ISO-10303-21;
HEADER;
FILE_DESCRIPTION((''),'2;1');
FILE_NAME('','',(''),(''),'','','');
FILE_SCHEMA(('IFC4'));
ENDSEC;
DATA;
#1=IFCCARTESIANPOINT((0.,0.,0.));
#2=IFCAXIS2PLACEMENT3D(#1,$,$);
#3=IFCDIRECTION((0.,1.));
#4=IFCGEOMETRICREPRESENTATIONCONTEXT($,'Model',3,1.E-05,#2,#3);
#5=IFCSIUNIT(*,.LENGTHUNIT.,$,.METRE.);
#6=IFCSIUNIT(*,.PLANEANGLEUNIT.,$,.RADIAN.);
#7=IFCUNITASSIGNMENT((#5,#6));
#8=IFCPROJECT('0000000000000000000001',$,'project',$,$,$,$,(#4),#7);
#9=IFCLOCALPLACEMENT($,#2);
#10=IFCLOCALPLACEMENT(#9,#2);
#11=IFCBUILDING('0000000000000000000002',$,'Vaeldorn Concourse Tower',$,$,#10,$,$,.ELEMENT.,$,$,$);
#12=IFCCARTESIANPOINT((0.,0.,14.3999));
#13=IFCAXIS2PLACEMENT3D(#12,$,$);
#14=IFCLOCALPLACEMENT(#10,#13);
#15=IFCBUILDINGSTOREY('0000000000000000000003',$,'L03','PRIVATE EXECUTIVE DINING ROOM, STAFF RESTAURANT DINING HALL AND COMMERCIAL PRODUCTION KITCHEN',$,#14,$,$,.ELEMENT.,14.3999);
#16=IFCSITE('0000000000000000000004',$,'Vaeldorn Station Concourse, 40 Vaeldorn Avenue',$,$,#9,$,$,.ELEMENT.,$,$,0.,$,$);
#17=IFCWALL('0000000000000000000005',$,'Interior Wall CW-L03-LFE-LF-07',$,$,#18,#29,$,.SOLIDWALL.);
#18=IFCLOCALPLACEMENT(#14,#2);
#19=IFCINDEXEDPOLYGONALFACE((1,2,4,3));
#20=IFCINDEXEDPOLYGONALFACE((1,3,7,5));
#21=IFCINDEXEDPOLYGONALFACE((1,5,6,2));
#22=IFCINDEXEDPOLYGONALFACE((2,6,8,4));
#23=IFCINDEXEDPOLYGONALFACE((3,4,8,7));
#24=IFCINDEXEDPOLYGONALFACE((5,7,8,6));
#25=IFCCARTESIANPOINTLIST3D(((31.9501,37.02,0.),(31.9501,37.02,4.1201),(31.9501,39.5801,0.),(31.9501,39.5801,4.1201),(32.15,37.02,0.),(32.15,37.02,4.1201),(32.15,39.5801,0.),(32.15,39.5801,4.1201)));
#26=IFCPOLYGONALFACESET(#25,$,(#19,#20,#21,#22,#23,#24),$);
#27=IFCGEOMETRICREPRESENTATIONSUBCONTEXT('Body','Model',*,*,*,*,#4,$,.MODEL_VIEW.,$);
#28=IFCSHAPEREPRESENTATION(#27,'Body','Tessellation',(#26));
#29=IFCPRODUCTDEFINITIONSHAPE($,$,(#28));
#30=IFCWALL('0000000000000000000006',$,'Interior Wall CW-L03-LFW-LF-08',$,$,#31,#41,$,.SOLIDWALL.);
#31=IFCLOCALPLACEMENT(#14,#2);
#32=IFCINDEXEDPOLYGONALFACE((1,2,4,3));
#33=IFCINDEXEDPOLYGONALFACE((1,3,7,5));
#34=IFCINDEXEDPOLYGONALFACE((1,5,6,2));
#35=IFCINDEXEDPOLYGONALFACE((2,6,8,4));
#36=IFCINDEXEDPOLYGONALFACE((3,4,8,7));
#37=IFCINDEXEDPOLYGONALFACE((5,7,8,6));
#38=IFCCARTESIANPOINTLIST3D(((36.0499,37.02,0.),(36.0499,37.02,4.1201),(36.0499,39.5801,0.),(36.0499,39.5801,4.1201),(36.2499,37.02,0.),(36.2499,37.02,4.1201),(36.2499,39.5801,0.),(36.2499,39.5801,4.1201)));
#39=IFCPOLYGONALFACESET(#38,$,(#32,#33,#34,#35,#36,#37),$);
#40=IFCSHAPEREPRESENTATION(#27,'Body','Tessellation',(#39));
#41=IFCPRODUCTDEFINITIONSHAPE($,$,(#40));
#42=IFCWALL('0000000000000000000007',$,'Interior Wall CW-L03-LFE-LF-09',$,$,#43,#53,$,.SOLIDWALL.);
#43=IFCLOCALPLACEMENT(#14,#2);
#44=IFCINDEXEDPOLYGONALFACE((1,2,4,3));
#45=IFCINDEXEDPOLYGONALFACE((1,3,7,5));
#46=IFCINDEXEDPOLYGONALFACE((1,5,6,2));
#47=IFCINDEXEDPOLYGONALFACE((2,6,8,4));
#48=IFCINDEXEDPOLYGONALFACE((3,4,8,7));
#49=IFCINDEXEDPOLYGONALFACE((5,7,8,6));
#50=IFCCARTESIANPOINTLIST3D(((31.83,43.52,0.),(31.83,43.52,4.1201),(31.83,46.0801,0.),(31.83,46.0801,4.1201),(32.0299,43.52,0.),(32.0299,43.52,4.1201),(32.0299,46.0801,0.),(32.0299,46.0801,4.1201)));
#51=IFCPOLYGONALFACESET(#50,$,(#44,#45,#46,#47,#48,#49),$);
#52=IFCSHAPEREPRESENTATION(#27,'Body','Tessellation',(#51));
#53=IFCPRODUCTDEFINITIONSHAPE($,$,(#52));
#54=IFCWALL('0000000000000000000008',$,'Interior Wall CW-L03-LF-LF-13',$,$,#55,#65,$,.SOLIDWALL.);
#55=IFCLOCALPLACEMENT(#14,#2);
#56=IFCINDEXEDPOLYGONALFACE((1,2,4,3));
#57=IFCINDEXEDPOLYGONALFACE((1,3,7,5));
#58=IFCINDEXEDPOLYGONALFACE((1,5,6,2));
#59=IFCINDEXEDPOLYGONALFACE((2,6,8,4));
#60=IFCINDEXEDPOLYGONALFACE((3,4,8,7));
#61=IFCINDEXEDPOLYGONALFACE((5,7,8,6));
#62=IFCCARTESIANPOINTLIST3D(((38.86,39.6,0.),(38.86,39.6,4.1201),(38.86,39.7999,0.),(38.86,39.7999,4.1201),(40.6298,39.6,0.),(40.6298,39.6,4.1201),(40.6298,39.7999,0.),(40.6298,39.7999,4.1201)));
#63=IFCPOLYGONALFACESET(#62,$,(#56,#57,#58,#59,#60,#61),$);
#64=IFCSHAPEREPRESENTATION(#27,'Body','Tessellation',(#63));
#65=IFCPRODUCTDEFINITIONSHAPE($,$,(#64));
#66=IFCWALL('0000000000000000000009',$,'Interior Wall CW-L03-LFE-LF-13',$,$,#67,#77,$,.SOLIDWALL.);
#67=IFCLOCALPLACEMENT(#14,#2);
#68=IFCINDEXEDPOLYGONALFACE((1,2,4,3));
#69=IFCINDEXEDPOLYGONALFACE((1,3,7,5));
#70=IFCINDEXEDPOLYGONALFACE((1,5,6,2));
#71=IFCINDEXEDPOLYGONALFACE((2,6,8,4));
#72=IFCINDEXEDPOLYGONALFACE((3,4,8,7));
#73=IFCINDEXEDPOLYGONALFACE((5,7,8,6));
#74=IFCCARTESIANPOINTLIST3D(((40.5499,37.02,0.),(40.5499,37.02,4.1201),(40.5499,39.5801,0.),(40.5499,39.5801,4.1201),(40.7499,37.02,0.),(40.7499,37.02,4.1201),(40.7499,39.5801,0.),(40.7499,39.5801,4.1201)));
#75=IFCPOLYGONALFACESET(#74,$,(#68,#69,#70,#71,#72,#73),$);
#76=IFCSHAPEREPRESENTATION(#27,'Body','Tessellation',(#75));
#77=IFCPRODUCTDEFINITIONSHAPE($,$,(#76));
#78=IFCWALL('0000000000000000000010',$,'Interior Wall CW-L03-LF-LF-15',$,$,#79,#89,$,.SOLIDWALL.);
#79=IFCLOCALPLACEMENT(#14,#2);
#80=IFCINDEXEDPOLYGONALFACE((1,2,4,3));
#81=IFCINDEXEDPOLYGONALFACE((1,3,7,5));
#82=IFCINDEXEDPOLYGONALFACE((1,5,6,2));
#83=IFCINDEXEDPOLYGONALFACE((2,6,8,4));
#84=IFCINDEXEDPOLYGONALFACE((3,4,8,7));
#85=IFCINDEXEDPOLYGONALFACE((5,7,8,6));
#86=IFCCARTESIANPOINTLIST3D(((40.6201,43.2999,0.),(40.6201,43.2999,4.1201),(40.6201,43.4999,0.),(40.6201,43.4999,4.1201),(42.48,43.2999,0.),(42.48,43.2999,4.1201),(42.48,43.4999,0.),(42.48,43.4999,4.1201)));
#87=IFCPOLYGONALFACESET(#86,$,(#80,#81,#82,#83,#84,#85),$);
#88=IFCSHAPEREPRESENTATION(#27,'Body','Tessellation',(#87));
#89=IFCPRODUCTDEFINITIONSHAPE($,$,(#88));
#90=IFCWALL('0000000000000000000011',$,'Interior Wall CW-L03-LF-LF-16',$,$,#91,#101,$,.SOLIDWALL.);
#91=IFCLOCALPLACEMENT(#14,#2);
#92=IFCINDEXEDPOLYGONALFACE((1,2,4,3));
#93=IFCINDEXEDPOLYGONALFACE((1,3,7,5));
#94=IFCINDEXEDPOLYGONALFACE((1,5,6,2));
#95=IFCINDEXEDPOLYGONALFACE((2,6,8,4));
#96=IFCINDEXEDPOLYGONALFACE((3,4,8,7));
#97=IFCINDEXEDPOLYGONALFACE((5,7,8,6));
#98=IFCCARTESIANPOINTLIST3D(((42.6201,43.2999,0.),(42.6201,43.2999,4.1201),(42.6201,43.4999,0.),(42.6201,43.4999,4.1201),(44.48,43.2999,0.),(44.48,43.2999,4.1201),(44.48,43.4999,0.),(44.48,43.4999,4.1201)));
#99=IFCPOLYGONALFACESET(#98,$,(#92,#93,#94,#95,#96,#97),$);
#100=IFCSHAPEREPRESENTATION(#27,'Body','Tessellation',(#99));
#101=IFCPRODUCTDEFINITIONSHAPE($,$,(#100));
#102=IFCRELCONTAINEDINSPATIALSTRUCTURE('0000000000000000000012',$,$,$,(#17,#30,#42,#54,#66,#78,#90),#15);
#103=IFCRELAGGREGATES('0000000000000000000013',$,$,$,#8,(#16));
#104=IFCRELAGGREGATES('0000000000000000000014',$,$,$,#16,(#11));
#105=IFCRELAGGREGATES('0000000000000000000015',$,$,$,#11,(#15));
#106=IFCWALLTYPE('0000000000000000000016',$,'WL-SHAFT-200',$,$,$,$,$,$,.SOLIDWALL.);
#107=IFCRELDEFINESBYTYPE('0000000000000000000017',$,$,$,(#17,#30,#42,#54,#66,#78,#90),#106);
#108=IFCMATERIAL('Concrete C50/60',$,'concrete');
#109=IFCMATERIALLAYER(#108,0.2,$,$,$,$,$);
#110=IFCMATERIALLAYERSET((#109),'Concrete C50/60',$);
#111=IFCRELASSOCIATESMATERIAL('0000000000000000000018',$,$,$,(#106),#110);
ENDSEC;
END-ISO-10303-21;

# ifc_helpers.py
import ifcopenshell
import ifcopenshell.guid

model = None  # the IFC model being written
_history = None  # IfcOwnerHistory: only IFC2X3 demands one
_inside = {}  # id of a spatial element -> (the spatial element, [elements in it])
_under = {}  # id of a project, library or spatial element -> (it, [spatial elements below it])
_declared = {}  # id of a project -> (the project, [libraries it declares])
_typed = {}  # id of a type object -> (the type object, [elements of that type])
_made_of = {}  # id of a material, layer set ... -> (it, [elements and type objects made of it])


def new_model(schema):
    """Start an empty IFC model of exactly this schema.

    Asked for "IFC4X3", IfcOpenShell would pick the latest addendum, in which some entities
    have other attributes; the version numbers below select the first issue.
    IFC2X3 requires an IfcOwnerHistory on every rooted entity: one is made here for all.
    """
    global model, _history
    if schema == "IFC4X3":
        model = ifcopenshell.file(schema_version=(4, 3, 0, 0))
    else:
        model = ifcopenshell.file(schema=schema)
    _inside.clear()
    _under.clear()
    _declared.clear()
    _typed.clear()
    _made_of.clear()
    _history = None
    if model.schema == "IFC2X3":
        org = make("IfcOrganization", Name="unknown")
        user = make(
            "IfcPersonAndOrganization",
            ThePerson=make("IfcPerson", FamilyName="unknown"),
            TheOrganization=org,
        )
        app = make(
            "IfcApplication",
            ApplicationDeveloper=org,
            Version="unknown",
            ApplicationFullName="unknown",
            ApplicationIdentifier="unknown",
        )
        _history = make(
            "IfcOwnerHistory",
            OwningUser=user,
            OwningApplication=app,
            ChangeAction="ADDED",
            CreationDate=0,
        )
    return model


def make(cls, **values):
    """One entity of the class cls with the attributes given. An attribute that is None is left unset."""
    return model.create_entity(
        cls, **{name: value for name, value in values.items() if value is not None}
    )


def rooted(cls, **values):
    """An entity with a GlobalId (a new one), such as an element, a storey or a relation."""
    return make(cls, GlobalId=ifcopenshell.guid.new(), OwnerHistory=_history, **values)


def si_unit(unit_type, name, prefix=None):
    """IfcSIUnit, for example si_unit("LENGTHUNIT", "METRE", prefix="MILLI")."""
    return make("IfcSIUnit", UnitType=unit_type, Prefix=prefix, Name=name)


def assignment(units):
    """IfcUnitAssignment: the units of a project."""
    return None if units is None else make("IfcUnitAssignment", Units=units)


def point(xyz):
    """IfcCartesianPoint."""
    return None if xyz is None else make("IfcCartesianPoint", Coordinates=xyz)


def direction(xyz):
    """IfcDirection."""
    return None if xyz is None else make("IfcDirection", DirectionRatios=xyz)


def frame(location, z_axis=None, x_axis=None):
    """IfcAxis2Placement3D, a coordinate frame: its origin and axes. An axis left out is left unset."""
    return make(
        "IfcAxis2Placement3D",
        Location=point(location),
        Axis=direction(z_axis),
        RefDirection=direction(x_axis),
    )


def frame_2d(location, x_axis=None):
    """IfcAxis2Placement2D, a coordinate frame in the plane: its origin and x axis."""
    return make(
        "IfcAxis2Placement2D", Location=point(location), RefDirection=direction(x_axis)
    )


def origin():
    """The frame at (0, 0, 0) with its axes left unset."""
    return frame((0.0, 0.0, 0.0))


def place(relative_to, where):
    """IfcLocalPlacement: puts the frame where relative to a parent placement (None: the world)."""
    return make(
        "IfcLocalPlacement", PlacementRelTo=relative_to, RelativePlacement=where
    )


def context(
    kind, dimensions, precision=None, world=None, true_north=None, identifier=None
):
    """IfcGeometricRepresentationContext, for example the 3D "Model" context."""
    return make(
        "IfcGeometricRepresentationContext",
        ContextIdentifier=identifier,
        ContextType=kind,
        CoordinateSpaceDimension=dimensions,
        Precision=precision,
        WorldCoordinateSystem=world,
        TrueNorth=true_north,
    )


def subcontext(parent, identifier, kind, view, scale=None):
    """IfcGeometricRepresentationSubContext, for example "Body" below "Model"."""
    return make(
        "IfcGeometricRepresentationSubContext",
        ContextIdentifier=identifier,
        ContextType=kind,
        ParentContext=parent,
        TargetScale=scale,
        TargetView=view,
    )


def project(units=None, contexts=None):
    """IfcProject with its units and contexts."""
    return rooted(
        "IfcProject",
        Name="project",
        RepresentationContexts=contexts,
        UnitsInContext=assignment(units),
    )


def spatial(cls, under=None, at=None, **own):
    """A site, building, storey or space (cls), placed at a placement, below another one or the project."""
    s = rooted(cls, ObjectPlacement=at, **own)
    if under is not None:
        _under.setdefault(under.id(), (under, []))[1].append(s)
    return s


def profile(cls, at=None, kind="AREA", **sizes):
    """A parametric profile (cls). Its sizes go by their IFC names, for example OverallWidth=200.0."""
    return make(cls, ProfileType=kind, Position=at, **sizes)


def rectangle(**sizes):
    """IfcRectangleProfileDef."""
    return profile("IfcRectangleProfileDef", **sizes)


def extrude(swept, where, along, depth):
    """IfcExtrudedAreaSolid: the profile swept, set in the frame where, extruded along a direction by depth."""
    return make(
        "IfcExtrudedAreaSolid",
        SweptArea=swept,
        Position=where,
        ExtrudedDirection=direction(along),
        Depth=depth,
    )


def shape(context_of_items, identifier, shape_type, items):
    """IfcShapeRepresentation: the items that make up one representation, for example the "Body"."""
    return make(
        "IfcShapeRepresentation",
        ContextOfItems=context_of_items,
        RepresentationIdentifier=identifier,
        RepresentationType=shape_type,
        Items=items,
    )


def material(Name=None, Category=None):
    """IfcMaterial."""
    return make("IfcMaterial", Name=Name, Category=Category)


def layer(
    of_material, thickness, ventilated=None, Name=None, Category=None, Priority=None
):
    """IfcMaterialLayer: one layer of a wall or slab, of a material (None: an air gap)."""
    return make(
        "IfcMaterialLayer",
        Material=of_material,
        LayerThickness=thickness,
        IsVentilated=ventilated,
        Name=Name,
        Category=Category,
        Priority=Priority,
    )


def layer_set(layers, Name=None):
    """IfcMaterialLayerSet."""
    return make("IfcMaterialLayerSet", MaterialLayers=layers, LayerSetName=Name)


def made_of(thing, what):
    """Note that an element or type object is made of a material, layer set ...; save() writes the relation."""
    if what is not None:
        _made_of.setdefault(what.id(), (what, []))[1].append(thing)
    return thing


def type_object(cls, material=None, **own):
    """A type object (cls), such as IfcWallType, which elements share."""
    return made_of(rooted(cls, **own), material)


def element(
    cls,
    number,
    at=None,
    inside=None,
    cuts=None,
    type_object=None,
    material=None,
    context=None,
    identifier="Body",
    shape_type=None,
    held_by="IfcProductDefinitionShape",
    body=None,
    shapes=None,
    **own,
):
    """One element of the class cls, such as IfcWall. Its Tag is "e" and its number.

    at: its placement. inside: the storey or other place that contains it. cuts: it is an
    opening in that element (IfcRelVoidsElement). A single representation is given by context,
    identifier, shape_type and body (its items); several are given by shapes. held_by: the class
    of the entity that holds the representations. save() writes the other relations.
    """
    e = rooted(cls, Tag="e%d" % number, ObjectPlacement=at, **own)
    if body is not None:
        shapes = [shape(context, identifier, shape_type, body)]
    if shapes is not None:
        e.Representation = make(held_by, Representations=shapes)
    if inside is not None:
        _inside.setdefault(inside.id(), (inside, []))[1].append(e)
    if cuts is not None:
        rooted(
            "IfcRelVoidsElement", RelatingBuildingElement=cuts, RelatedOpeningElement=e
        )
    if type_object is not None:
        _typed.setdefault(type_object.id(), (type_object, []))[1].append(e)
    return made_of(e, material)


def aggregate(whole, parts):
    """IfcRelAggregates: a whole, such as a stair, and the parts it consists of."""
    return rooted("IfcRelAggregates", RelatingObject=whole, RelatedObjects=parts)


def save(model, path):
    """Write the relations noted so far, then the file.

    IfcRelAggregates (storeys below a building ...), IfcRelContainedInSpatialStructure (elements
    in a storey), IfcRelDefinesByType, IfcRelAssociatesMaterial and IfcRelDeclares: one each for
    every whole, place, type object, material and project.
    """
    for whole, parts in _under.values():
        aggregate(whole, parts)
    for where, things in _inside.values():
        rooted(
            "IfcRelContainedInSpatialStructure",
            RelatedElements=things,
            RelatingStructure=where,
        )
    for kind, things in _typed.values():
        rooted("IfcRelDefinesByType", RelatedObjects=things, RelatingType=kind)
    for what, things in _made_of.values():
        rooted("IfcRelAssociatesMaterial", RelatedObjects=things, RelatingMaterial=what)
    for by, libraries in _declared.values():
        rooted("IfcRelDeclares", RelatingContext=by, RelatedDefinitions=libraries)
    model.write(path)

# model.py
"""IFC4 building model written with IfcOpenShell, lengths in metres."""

from ifc_helpers import new_model, si_unit, direction, frame, frame_2d, origin, place, context, subcontext, project, spatial, rectangle, extrude, material, layer, layer_set, type_object, element, save


model = new_model("IFC4")

# Units and contexts
model_context = context("Model", 3, precision=1e-05, world=origin(), true_north=direction((0.0, 1.0)))
body_context = subcontext(model_context, "Body", "Model", "MODEL_VIEW")
ifc_project = project(units=[si_unit("LENGTHUNIT", "METRE"), si_unit("PLANEANGLEUNIT", "RADIAN")], contexts=[model_context])

# Site, building, storey
site_placement = place(None, origin())
site = spatial("IfcSite", under=ifc_project, at=site_placement, Name="Vaeldorn Station Concourse, 40 Vaeldorn Avenue", CompositionType="ELEMENT", RefElevation=0.0)
building_placement = place(site_placement, origin())
building = spatial("IfcBuilding", under=site, at=building_placement, Name="Vaeldorn Concourse Tower", CompositionType="ELEMENT")
storey_placement = place(building_placement, frame((0.0, 0.0, 14.3999)))
storey = spatial("IfcBuildingStorey", under=building, at=storey_placement, Name="L03", Description="PRIVATE EXECUTIVE DINING ROOM, STAFF RESTAURANT DINING HALL AND COMMERCIAL PRODUCTION KITCHEN", CompositionType="ELEMENT", Elevation=14.3999)

# Wall
ifc_material_1 = material(Name="Concrete C50/60", Category="concrete")
ifc_layer_1 = layer(ifc_material_1, 0.2)
ifc_layer_set_1 = layer_set([ifc_layer_1], Name="Concrete C50/60")
wall_type_1 = type_object("IfcWallType", Name="WL-SHAFT-200", PredefinedType="SOLIDWALL", material=ifc_layer_set_1)
wall_1_placement = place(storey_placement, frame((32.05, 37.02, 0.0), z_axis=(0.0, 0.0, 1.0), x_axis=(0.0, 1.0, 0.0)))
element("IfcWall", 1, at=wall_1_placement, inside=storey, type_object=wall_type_1, Name="Interior Wall CW-L03-LFE-LF-07", PredefinedType="SOLIDWALL", context=body_context, shape_type="SweptSolid", body=[
    extrude(rectangle(XDim=2.5601, YDim=0.2, at=frame_2d((1.28, 0.0))), origin(), (0.0, 0.0, 1.0), 4.1201),
])

# Walls
for number, where, z_axis, x_axis, name in (
    (2, (36.1499, 37.02, 0.0), (0.0, 0.0, 1.0), (0.0, 1.0, 0.0), "Interior Wall CW-L03-LFW-LF-08"),
    (3, (31.9299, 43.52, 0.0), (0.0, 0.0, 1.0), (0.0, 1.0, 0.0), "Interior Wall CW-L03-LFE-LF-09"),
):
    element("IfcWall", number, at=place(storey_placement, frame(where, z_axis=z_axis, x_axis=x_axis)), inside=storey, type_object=wall_type_1, Name=name, PredefinedType="SOLIDWALL", context=body_context, shape_type="SweptSolid", body=[
        extrude(rectangle(XDim=2.5601, YDim=0.2, at=frame_2d((1.28, 0.0))), origin(), (0.0, 0.0, 1.0), 4.1201),
    ])

# Walls
wall_2_placement = place(storey_placement, frame((38.8601, 39.7, 0.0), z_axis=(0.0, 0.0, 1.0), x_axis=(1.0, 0.0, 0.0)))
element("IfcWall", 4, at=wall_2_placement, inside=storey, type_object=wall_type_1, Name="Interior Wall CW-L03-LF-LF-13", PredefinedType="SOLIDWALL", context=body_context, shape_type="SweptSolid", body=[
    extrude(rectangle(XDim=1.7698, YDim=0.2, at=frame_2d((0.8848, 0.0))), origin(), (0.0, 0.0, 1.0), 4.1201),
])
wall_3_placement = place(storey_placement, frame((40.6499, 37.02, 0.0), z_axis=(0.0, 0.0, 1.0), x_axis=(0.0, 1.0, 0.0)))
element("IfcWall", 5, at=wall_3_placement, inside=storey, type_object=wall_type_1, Name="Interior Wall CW-L03-LFE-LF-13", PredefinedType="SOLIDWALL", context=body_context, shape_type="SweptSolid", body=[
    extrude(rectangle(XDim=2.5601, YDim=0.2, at=frame_2d((1.28, 0.0))), origin(), (0.0, 0.0, 1.0), 4.1201),
])
for number, where, z_axis, x_axis, name in (
    (6, (40.6201, 43.3999, 0.0), (0.0, 0.0, 1.0), (1.0, 0.0, 0.0), "Interior Wall CW-L03-LF-LF-15"),
    (7, (42.6201, 43.3999, 0.0), (0.0, 0.0, 1.0), (1.0, 0.0, 0.0), "Interior Wall CW-L03-LF-LF-16"),
):
    element("IfcWall", number, at=place(storey_placement, frame(where, z_axis=z_axis, x_axis=x_axis)), inside=storey, type_object=wall_type_1, Name=name, PredefinedType="SOLIDWALL", context=body_context, shape_type="SweptSolid", body=[
        extrude(rectangle(XDim=1.8599, YDim=0.2, at=frame_2d((0.9299, 0.0))), origin(), (0.0, 0.0, 1.0), 4.1201),
    ])

save(model, "model.ifc")
